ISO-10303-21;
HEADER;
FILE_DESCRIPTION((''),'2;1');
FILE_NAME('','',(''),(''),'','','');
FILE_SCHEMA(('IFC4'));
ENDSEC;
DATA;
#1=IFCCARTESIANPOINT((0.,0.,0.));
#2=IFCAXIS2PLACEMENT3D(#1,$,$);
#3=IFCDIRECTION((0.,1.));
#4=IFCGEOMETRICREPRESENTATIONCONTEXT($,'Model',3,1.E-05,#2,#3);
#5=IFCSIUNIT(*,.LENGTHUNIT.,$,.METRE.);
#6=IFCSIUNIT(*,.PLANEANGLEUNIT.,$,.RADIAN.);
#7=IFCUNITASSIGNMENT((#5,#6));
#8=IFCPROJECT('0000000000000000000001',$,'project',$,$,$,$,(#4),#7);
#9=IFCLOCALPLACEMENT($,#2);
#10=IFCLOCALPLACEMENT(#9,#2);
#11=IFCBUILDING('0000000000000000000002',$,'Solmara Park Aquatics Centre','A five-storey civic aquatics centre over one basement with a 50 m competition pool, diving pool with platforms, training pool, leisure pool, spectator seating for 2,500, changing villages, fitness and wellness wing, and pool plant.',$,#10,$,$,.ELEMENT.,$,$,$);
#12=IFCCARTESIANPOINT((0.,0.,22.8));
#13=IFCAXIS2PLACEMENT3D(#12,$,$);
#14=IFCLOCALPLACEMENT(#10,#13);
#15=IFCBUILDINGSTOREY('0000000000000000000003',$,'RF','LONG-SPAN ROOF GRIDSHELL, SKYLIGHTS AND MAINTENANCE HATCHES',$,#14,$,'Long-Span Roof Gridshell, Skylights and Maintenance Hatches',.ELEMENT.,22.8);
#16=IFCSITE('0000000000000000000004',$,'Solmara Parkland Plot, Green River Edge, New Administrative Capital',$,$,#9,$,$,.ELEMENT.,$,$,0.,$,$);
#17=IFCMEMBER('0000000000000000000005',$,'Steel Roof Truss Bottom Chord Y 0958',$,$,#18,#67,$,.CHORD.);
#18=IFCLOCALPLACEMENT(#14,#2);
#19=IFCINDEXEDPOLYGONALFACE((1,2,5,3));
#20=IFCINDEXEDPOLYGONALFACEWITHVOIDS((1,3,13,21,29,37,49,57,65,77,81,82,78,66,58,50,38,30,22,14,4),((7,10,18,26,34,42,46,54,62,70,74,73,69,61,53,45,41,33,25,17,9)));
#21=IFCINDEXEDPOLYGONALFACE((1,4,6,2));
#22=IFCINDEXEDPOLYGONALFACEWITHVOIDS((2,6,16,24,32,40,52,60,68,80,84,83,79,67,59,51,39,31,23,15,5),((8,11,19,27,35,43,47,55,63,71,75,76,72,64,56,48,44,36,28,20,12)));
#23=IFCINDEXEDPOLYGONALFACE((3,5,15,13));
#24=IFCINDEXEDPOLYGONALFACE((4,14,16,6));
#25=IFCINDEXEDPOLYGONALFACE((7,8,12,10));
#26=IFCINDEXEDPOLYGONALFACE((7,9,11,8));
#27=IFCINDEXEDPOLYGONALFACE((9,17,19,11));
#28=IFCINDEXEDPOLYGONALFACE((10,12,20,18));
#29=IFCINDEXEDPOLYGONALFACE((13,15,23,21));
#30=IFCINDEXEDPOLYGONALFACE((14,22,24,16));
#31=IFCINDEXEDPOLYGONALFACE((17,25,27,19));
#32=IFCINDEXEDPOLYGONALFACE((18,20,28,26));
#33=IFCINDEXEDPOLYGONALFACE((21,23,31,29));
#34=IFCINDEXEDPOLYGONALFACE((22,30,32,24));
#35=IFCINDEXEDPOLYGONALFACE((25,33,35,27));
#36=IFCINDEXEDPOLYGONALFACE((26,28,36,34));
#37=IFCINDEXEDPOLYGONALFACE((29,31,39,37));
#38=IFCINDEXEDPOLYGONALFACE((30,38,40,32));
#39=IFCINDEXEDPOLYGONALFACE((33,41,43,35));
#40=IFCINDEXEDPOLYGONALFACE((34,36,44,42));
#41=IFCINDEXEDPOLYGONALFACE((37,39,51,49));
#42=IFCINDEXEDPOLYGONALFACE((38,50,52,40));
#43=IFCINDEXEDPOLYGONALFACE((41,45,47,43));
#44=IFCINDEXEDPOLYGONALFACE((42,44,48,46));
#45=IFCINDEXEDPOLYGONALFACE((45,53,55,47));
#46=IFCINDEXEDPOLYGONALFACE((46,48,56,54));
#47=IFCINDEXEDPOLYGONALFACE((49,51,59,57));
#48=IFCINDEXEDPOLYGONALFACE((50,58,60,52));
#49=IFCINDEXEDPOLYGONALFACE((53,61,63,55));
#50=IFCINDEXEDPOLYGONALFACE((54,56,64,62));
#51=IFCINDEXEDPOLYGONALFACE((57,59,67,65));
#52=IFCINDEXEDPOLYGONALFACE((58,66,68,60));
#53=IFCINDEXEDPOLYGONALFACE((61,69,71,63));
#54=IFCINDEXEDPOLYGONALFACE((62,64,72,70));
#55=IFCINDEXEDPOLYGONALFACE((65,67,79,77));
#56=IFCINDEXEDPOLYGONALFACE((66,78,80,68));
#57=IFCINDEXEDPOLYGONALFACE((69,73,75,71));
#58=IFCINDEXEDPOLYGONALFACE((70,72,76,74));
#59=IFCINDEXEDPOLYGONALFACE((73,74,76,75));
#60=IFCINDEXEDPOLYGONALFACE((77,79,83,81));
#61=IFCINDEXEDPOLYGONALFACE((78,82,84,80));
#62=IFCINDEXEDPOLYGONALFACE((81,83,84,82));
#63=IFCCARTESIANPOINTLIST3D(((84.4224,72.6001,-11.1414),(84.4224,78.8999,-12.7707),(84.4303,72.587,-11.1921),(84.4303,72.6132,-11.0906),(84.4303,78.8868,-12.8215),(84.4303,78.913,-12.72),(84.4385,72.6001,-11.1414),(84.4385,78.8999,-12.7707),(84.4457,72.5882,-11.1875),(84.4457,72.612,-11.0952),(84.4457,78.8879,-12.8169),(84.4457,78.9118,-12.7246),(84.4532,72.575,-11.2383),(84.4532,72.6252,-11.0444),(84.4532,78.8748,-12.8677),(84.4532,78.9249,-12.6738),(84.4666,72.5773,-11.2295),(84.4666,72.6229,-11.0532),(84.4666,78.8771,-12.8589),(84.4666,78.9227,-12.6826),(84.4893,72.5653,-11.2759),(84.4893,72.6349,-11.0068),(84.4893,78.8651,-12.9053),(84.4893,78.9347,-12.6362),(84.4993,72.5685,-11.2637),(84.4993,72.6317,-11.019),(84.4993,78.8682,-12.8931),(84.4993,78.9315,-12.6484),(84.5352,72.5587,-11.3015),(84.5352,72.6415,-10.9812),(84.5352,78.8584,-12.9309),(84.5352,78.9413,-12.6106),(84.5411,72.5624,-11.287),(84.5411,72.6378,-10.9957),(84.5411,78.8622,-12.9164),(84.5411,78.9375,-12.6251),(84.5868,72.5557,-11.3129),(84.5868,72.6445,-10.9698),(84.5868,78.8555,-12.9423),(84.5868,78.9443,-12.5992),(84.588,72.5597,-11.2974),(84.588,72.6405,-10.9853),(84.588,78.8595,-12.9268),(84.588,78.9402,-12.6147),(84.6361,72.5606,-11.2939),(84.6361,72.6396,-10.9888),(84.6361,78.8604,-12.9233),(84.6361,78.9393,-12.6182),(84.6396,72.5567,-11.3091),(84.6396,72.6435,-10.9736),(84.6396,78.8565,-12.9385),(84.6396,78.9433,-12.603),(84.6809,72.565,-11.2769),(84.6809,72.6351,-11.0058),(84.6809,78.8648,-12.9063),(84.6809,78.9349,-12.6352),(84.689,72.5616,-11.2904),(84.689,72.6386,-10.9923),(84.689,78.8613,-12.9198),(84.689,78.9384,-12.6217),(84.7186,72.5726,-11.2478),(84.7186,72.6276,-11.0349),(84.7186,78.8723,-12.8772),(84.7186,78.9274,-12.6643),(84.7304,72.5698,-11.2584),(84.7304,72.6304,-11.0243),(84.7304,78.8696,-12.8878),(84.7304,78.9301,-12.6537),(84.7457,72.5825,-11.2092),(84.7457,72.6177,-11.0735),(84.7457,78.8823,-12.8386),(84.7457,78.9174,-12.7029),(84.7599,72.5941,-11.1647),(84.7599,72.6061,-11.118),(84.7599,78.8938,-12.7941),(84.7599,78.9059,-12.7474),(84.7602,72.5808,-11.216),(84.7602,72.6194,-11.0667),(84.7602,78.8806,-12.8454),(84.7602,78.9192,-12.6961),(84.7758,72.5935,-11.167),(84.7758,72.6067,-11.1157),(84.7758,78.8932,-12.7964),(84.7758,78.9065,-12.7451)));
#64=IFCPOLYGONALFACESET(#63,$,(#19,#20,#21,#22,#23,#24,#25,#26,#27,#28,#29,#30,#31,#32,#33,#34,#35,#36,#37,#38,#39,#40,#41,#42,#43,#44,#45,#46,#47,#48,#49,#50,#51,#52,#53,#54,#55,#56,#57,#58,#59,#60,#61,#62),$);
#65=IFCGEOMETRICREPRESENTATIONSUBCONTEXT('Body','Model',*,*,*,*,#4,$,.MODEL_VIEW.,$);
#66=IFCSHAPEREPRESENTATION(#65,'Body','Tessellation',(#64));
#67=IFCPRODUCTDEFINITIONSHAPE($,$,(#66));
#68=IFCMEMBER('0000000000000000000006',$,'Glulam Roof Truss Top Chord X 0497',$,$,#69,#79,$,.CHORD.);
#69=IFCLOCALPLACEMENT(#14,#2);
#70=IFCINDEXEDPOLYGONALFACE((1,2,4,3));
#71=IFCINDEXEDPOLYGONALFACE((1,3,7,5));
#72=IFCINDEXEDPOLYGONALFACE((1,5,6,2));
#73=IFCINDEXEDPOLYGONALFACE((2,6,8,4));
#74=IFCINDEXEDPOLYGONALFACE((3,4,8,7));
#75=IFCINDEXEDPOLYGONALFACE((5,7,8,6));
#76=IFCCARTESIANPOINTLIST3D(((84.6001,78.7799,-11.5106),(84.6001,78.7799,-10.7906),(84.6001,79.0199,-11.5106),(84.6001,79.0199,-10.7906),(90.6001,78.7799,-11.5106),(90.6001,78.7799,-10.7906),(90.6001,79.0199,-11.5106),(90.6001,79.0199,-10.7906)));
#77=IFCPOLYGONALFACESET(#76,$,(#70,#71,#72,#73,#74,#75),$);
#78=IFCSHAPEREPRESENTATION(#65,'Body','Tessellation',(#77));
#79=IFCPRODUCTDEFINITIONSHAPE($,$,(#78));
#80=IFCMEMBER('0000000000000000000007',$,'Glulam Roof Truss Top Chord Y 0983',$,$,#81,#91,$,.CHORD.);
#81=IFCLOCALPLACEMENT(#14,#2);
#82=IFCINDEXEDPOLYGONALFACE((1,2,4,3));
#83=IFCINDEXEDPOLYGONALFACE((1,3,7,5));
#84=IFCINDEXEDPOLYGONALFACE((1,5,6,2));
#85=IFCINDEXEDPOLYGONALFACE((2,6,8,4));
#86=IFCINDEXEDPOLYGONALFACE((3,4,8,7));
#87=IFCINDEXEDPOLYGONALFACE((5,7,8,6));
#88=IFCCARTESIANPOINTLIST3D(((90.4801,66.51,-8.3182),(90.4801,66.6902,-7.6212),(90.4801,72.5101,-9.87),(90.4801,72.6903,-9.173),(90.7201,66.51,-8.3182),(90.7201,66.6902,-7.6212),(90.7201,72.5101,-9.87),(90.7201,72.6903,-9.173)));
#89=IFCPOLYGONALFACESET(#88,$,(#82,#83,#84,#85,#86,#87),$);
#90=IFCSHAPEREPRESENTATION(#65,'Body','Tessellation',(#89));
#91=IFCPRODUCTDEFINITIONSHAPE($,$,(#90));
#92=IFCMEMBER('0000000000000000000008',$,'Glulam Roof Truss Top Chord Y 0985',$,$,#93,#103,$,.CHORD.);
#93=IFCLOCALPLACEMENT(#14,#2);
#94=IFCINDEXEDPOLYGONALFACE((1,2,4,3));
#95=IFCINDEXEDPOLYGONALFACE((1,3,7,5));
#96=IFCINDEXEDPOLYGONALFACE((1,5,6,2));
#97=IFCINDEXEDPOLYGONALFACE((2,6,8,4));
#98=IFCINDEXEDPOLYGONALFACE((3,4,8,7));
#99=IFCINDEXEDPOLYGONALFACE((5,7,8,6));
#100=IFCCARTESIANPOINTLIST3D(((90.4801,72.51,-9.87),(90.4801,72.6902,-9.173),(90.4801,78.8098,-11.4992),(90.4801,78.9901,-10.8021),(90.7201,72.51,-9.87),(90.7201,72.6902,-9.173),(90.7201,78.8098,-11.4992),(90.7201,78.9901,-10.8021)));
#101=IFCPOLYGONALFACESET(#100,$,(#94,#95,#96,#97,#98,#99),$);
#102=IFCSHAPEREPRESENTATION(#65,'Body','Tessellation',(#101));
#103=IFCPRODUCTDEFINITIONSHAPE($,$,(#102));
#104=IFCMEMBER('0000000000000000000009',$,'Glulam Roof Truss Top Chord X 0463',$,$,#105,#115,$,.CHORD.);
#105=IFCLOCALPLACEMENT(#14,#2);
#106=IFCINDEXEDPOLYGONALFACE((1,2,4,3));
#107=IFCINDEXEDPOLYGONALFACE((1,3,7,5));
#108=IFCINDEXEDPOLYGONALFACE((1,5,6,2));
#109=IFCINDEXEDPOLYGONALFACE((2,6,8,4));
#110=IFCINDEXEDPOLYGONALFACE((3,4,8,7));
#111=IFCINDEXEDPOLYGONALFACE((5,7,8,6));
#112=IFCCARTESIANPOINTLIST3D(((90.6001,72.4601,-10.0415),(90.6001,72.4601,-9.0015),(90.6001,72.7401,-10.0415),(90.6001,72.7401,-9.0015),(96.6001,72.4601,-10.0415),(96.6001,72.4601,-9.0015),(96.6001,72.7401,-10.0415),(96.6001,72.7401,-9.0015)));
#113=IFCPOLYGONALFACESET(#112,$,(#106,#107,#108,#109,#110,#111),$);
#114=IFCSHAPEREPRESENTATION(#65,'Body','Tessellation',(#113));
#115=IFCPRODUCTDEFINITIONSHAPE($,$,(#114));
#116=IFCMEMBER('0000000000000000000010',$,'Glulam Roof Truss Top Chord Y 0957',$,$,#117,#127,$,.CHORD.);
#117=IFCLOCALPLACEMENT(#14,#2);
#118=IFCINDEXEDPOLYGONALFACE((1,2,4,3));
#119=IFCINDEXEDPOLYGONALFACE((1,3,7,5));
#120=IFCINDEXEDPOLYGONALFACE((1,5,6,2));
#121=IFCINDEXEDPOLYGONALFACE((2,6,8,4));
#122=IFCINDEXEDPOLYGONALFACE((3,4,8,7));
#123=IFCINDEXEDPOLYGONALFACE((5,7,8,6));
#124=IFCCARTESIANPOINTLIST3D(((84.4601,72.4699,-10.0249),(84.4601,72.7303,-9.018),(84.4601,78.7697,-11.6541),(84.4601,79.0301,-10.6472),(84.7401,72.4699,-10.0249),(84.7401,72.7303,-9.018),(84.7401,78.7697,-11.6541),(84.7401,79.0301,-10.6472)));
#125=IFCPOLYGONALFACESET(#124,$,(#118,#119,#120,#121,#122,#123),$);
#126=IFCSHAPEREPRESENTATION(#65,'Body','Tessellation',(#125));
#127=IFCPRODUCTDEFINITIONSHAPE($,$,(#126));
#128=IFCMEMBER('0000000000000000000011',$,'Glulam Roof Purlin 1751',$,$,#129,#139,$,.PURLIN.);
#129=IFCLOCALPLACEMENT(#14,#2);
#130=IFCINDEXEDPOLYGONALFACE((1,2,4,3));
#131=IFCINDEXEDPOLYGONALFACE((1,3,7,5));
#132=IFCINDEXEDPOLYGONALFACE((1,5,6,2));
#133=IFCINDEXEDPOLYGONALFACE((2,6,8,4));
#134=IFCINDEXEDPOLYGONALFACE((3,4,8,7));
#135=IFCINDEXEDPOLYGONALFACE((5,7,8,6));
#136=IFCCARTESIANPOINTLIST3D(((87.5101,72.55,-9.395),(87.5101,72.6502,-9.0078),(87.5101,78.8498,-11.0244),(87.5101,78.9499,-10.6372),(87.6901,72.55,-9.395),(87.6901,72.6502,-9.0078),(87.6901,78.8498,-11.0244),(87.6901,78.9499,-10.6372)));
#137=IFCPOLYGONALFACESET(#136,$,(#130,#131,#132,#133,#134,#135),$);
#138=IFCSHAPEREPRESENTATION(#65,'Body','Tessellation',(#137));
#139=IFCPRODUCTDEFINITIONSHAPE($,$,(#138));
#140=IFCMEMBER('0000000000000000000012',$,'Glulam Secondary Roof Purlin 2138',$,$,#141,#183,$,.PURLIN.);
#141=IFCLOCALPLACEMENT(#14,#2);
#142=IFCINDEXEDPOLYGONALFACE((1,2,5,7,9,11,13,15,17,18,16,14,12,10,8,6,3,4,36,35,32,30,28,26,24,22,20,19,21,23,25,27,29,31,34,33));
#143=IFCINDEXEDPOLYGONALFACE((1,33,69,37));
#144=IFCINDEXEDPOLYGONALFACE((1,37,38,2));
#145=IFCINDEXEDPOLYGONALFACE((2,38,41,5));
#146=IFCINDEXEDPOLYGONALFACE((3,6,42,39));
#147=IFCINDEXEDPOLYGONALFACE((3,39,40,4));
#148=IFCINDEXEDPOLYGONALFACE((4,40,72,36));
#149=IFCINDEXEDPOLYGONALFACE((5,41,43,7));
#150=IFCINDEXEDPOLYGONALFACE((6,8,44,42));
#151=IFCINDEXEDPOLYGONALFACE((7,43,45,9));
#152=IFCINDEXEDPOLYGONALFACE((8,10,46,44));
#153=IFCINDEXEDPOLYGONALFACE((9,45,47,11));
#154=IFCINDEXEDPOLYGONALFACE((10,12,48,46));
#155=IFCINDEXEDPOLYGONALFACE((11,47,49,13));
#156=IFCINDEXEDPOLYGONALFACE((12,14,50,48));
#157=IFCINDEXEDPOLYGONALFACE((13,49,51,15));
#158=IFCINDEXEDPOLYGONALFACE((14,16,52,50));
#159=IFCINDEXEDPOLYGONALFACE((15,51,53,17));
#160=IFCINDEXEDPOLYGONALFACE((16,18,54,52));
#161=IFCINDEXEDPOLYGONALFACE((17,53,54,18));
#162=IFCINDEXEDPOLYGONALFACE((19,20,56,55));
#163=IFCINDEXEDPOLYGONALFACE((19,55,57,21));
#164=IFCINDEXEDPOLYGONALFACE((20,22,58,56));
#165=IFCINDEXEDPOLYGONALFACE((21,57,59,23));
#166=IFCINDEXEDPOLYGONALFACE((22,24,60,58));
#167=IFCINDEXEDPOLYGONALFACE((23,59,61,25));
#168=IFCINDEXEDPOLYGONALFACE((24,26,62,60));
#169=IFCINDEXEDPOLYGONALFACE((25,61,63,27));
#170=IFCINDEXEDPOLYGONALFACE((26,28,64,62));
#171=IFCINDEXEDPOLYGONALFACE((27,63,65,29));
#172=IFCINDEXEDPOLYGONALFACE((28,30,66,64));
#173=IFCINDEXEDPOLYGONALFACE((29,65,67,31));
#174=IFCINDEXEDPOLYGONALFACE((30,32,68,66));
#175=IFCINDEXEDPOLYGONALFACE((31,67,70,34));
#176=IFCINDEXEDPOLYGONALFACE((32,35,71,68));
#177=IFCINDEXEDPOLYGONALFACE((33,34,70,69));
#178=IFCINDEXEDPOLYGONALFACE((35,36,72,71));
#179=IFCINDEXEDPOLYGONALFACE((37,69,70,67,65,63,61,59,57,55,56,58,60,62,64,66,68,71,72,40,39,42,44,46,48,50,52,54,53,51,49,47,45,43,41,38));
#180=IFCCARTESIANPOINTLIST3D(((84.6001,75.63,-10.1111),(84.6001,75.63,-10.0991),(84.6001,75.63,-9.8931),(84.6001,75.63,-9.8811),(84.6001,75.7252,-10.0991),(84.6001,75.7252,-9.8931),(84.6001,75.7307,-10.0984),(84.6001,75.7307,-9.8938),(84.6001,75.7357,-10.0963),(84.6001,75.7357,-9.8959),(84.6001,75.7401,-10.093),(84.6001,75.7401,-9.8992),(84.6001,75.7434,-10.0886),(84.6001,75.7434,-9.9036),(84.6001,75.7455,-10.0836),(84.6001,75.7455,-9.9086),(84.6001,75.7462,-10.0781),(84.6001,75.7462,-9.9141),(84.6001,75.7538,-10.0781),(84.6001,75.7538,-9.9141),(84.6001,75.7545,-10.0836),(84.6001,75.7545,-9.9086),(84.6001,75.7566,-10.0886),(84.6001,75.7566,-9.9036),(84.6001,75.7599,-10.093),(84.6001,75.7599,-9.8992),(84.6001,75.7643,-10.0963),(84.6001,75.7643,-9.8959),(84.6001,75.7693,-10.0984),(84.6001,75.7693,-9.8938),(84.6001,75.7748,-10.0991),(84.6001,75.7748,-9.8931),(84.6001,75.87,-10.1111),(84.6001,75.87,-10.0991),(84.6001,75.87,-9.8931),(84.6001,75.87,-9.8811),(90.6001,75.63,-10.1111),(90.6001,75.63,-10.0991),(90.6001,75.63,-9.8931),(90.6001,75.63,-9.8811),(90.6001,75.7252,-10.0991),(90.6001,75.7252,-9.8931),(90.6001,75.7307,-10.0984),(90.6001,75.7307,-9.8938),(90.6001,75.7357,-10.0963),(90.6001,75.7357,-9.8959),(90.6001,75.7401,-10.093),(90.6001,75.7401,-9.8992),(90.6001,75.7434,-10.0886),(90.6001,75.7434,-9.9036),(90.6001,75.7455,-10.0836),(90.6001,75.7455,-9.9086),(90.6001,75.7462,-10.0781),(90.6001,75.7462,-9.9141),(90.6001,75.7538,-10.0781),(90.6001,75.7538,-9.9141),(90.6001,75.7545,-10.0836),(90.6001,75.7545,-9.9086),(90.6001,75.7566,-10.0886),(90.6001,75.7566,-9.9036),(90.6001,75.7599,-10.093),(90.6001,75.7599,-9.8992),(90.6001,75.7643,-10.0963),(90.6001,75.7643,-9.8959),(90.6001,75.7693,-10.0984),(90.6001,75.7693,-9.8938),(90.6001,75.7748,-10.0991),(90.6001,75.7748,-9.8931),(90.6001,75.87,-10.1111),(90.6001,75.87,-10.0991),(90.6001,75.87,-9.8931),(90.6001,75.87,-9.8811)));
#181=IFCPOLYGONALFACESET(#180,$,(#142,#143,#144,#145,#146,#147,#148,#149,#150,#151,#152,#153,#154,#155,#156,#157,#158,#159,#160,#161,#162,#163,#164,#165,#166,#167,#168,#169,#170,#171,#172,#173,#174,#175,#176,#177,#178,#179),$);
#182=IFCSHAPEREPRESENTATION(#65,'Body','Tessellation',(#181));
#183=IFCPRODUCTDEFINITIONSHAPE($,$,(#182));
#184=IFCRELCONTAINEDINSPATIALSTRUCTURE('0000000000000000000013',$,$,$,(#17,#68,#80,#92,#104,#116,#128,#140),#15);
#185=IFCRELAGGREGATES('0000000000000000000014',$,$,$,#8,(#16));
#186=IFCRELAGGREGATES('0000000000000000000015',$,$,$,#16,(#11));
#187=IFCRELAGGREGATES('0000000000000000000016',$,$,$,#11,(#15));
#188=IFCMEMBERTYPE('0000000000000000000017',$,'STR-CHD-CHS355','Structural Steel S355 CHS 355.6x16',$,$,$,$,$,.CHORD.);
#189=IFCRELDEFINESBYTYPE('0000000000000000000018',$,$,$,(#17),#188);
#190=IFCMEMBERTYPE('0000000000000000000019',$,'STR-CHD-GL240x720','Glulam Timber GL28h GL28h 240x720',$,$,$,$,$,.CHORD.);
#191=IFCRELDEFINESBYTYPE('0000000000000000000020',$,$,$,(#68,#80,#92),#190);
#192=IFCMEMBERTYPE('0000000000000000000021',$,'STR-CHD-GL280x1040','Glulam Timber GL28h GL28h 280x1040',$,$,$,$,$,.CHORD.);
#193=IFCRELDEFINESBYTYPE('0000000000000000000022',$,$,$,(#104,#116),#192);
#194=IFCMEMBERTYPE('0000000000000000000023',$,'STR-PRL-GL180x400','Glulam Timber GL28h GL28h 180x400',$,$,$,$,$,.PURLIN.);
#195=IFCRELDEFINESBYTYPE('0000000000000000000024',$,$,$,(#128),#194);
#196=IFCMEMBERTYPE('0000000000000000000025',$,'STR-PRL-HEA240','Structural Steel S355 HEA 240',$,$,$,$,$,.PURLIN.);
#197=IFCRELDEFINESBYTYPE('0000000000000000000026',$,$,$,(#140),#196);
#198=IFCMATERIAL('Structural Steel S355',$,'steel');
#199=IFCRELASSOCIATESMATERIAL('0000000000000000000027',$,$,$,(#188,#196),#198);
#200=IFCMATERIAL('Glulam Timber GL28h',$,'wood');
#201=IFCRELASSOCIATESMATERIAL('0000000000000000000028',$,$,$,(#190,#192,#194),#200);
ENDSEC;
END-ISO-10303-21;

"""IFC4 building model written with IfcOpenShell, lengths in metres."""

from ifc_helpers import new_model, si_unit, direction, frame, origin, origin_2d, place, context, subcontext, project, spatial, rectangle, hollow_circle, i_section, extrude, material, material_profile, profile_set, type_object, element, save


model = new_model("IFC4")

# Units and contexts
model_context = context("Model", 3, precision=1e-05, world=origin(), true_north=direction((0.0, 1.0)))
body_context = subcontext(model_context, "Body", "Model", "MODEL_VIEW")
ifc_project = project(units=[si_unit("LENGTHUNIT", "METRE"), si_unit("PLANEANGLEUNIT", "RADIAN")], contexts=[model_context])

# Site, building, storey
site_placement = place(None, origin())
site = spatial("IfcSite", under=ifc_project, at=site_placement, Name="Solmara Parkland Plot, Green River Edge, New Administrative Capital", CompositionType="ELEMENT", RefElevation=0.0)
building_placement = place(site_placement, origin())
building = spatial("IfcBuilding", under=site, at=building_placement, Name="Solmara Park Aquatics Centre", Description="A five-storey civic aquatics centre over one basement with a 50 m competition pool, diving pool with platforms, training pool, leisure pool, spectator seating for 2,500, changing villages, fitness and wellness wing, and pool plant.", CompositionType="ELEMENT")
storey_placement = place(building_placement, frame((0.0, 0.0, 22.8)))
storey = spatial("IfcBuildingStorey", under=building, at=storey_placement, Name="RF", Description="LONG-SPAN ROOF GRIDSHELL, SKYLIGHTS AND MAINTENANCE HATCHES", LongName="Long-Span Roof Gridshell, Skylights and Maintenance Hatches", CompositionType="ELEMENT", Elevation=22.8)

# Members
ifc_material_1 = material(Name="Structural Steel S355", Category="steel")
ifc_material_profile_1 = material_profile(ifc_material_1, hollow_circle(Radius=0.1777, WallThickness=0.0161, at=origin_2d()), Name="CHS 355.6x16")
ifc_profile_set_1 = profile_set([ifc_material_profile_1], Name="Structural Steel S355")
member_type_1 = type_object("IfcMemberType", Name="STR-CHD-CHS355", Description="Structural Steel S355 CHS 355.6x16", PredefinedType="CHORD", material=ifc_profile_set_1)
member_1_placement = place(storey_placement, frame((84.6001, 72.6001, -11.1414), z_axis=(0.0, 0.968142, -0.250402), x_axis=(-1.0, 0.0, 0.0)))
element("IfcMember", 1, at=member_1_placement, inside=storey, type_object=member_type_1, Name="Steel Roof Truss Bottom Chord Y 0958", PredefinedType="CHORD", context=body_context, shape_type="SweptSolid", body=[
    extrude(hollow_circle(Radius=0.1777, WallThickness=0.0161, at=origin_2d()), origin(), (0.0, 0.0, 1.0), 6.5071),
])
ifc_material_2 = material(Name="Glulam Timber GL28h", Category="wood")
ifc_material_profile_2 = material_profile(ifc_material_2, rectangle(XDim=0.24, YDim=0.72, at=origin_2d()), Name="GL28h 240x720")
ifc_profile_set_2 = profile_set([ifc_material_profile_2], Name="Glulam Timber GL28h")
member_type_2 = type_object("IfcMemberType", Name="STR-CHD-GL240x720", Description="Glulam Timber GL28h GL28h 240x720", PredefinedType="CHORD", material=ifc_profile_set_2)
member_2_placement = place(storey_placement, frame((84.6001, 78.8999, -11.1506), z_axis=(1.0, 0.0, 0.0), x_axis=(0.0, 1.0, 0.0)))
element("IfcMember", 2, at=member_2_placement, inside=storey, type_object=member_type_2, Name="Glulam Roof Truss Top Chord X 0497", PredefinedType="CHORD", context=body_context, shape_type="SweptSolid", body=[
    extrude(rectangle(XDim=0.24, YDim=0.72, at=origin_2d()), origin(), (0.0, 0.0, 1.0), 6.0),
])
member_3_placement = place(storey_placement, frame((90.6001, 66.6001, -7.9697), z_axis=(0.0, 0.968146, -0.250388), x_axis=(-1.0, 0.0, 0.0)))
element("IfcMember", 3, at=member_3_placement, inside=storey, type_object=member_type_2, Name="Glulam Roof Truss Top Chord Y 0983", PredefinedType="CHORD", context=body_context, shape_type="SweptSolid", body=[
    extrude(rectangle(XDim=0.24, YDim=0.72, at=origin_2d()), origin(), (0.0, 0.0, 1.0), 6.1975),
])
member_4_placement = place(storey_placement, frame((90.6001, 72.6001, -9.5215), z_axis=(0.0, 0.968151, -0.250367), x_axis=(-1.0, 0.0, 0.0)))
element("IfcMember", 4, at=member_4_placement, inside=storey, type_object=member_type_2, Name="Glulam Roof Truss Top Chord Y 0985", PredefinedType="CHORD", context=body_context, shape_type="SweptSolid", body=[
    extrude(rectangle(XDim=0.24, YDim=0.72, at=origin_2d()), origin(), (0.0, 0.0, 1.0), 6.5071),
])
ifc_material_profile_3 = material_profile(ifc_material_2, rectangle(XDim=0.28, YDim=1.04, at=origin_2d()), Name="GL28h 280x1040")
ifc_profile_set_3 = profile_set([ifc_material_profile_3], Name="Glulam Timber GL28h")
member_type_3 = type_object("IfcMemberType", Name="STR-CHD-GL280x1040", Description="Glulam Timber GL28h GL28h 280x1040", PredefinedType="CHORD", material=ifc_profile_set_3)
member_5_placement = place(storey_placement, frame((90.6001, 72.6001, -9.5215), z_axis=(1.0, 0.0, 0.0), x_axis=(0.0, 1.0, 0.0)))
element("IfcMember", 5, at=member_5_placement, inside=storey, type_object=member_type_3, Name="Glulam Roof Truss Top Chord X 0463", PredefinedType="CHORD", context=body_context, shape_type="SweptSolid", body=[
    extrude(rectangle(XDim=0.28, YDim=1.04, at=origin_2d()), origin(), (0.0, 0.0, 1.0), 6.0),
])
member_6_placement = place(storey_placement, frame((84.6001, 72.6001, -9.5215), z_axis=(0.0, 0.968151, -0.250367), x_axis=(-1.0, 0.0, 0.0)))
element("IfcMember", 6, at=member_6_placement, inside=storey, type_object=member_type_3, Name="Glulam Roof Truss Top Chord Y 0957", PredefinedType="CHORD", context=body_context, shape_type="SweptSolid", body=[
    extrude(rectangle(XDim=0.28, YDim=1.04, at=origin_2d()), origin(), (0.0, 0.0, 1.0), 6.5071),
])
ifc_material_profile_4 = material_profile(ifc_material_2, rectangle(XDim=0.1799, YDim=0.3999, at=origin_2d()), Name="GL28h 180x400")
ifc_profile_set_4 = profile_set([ifc_material_profile_4], Name="Glulam Timber GL28h")
member_type_4 = type_object("IfcMemberType", Name="STR-PRL-GL180x400", Description="Glulam Timber GL28h GL28h 180x400", PredefinedType="PURLIN", material=ifc_profile_set_4)
member_7_placement = place(storey_placement, frame((87.6001, 72.6001, -9.2014), z_axis=(0.0, 0.968142, -0.250402), x_axis=(-1.0, 0.0, 0.0)))
element("IfcMember", 7, at=member_7_placement, inside=storey, type_object=member_type_4, Name="Glulam Roof Purlin 1751", PredefinedType="PURLIN", context=body_context, shape_type="SweptSolid", body=[
    extrude(rectangle(XDim=0.1799, YDim=0.3999, at=origin_2d()), origin(), (0.0, 0.0, 1.0), 6.5071),
])
ifc_material_profile_5 = material_profile(ifc_material_1, i_section(OverallWidth=0.24, OverallDepth=0.23, WebThickness=0.0076, FlangeThickness=0.012, FilletRadius=0.021, at=origin_2d()), Name="HEA 240")
ifc_profile_set_5 = profile_set([ifc_material_profile_5], Name="Structural Steel S355")
member_type_5 = type_object("IfcMemberType", Name="STR-PRL-HEA240", Description="Structural Steel S355 HEA 240", PredefinedType="PURLIN", material=ifc_profile_set_5)
member_8_placement = place(storey_placement, frame((84.6001, 75.75, -9.9961), z_axis=(1.0, 0.0, 0.0), x_axis=(0.0, 1.0, 0.0)))
element("IfcMember", 8, at=member_8_placement, inside=storey, type_object=member_type_5, Name="Glulam Secondary Roof Purlin 2138", PredefinedType="PURLIN", context=body_context, shape_type="SweptSolid", body=[
    extrude(i_section(OverallWidth=0.24, OverallDepth=0.23, WebThickness=0.0076, FlangeThickness=0.012, FilletRadius=0.021, at=origin_2d()), origin(), (0.0, 0.0, 1.0), 6.0),
])

save(model, "model.ifc")
